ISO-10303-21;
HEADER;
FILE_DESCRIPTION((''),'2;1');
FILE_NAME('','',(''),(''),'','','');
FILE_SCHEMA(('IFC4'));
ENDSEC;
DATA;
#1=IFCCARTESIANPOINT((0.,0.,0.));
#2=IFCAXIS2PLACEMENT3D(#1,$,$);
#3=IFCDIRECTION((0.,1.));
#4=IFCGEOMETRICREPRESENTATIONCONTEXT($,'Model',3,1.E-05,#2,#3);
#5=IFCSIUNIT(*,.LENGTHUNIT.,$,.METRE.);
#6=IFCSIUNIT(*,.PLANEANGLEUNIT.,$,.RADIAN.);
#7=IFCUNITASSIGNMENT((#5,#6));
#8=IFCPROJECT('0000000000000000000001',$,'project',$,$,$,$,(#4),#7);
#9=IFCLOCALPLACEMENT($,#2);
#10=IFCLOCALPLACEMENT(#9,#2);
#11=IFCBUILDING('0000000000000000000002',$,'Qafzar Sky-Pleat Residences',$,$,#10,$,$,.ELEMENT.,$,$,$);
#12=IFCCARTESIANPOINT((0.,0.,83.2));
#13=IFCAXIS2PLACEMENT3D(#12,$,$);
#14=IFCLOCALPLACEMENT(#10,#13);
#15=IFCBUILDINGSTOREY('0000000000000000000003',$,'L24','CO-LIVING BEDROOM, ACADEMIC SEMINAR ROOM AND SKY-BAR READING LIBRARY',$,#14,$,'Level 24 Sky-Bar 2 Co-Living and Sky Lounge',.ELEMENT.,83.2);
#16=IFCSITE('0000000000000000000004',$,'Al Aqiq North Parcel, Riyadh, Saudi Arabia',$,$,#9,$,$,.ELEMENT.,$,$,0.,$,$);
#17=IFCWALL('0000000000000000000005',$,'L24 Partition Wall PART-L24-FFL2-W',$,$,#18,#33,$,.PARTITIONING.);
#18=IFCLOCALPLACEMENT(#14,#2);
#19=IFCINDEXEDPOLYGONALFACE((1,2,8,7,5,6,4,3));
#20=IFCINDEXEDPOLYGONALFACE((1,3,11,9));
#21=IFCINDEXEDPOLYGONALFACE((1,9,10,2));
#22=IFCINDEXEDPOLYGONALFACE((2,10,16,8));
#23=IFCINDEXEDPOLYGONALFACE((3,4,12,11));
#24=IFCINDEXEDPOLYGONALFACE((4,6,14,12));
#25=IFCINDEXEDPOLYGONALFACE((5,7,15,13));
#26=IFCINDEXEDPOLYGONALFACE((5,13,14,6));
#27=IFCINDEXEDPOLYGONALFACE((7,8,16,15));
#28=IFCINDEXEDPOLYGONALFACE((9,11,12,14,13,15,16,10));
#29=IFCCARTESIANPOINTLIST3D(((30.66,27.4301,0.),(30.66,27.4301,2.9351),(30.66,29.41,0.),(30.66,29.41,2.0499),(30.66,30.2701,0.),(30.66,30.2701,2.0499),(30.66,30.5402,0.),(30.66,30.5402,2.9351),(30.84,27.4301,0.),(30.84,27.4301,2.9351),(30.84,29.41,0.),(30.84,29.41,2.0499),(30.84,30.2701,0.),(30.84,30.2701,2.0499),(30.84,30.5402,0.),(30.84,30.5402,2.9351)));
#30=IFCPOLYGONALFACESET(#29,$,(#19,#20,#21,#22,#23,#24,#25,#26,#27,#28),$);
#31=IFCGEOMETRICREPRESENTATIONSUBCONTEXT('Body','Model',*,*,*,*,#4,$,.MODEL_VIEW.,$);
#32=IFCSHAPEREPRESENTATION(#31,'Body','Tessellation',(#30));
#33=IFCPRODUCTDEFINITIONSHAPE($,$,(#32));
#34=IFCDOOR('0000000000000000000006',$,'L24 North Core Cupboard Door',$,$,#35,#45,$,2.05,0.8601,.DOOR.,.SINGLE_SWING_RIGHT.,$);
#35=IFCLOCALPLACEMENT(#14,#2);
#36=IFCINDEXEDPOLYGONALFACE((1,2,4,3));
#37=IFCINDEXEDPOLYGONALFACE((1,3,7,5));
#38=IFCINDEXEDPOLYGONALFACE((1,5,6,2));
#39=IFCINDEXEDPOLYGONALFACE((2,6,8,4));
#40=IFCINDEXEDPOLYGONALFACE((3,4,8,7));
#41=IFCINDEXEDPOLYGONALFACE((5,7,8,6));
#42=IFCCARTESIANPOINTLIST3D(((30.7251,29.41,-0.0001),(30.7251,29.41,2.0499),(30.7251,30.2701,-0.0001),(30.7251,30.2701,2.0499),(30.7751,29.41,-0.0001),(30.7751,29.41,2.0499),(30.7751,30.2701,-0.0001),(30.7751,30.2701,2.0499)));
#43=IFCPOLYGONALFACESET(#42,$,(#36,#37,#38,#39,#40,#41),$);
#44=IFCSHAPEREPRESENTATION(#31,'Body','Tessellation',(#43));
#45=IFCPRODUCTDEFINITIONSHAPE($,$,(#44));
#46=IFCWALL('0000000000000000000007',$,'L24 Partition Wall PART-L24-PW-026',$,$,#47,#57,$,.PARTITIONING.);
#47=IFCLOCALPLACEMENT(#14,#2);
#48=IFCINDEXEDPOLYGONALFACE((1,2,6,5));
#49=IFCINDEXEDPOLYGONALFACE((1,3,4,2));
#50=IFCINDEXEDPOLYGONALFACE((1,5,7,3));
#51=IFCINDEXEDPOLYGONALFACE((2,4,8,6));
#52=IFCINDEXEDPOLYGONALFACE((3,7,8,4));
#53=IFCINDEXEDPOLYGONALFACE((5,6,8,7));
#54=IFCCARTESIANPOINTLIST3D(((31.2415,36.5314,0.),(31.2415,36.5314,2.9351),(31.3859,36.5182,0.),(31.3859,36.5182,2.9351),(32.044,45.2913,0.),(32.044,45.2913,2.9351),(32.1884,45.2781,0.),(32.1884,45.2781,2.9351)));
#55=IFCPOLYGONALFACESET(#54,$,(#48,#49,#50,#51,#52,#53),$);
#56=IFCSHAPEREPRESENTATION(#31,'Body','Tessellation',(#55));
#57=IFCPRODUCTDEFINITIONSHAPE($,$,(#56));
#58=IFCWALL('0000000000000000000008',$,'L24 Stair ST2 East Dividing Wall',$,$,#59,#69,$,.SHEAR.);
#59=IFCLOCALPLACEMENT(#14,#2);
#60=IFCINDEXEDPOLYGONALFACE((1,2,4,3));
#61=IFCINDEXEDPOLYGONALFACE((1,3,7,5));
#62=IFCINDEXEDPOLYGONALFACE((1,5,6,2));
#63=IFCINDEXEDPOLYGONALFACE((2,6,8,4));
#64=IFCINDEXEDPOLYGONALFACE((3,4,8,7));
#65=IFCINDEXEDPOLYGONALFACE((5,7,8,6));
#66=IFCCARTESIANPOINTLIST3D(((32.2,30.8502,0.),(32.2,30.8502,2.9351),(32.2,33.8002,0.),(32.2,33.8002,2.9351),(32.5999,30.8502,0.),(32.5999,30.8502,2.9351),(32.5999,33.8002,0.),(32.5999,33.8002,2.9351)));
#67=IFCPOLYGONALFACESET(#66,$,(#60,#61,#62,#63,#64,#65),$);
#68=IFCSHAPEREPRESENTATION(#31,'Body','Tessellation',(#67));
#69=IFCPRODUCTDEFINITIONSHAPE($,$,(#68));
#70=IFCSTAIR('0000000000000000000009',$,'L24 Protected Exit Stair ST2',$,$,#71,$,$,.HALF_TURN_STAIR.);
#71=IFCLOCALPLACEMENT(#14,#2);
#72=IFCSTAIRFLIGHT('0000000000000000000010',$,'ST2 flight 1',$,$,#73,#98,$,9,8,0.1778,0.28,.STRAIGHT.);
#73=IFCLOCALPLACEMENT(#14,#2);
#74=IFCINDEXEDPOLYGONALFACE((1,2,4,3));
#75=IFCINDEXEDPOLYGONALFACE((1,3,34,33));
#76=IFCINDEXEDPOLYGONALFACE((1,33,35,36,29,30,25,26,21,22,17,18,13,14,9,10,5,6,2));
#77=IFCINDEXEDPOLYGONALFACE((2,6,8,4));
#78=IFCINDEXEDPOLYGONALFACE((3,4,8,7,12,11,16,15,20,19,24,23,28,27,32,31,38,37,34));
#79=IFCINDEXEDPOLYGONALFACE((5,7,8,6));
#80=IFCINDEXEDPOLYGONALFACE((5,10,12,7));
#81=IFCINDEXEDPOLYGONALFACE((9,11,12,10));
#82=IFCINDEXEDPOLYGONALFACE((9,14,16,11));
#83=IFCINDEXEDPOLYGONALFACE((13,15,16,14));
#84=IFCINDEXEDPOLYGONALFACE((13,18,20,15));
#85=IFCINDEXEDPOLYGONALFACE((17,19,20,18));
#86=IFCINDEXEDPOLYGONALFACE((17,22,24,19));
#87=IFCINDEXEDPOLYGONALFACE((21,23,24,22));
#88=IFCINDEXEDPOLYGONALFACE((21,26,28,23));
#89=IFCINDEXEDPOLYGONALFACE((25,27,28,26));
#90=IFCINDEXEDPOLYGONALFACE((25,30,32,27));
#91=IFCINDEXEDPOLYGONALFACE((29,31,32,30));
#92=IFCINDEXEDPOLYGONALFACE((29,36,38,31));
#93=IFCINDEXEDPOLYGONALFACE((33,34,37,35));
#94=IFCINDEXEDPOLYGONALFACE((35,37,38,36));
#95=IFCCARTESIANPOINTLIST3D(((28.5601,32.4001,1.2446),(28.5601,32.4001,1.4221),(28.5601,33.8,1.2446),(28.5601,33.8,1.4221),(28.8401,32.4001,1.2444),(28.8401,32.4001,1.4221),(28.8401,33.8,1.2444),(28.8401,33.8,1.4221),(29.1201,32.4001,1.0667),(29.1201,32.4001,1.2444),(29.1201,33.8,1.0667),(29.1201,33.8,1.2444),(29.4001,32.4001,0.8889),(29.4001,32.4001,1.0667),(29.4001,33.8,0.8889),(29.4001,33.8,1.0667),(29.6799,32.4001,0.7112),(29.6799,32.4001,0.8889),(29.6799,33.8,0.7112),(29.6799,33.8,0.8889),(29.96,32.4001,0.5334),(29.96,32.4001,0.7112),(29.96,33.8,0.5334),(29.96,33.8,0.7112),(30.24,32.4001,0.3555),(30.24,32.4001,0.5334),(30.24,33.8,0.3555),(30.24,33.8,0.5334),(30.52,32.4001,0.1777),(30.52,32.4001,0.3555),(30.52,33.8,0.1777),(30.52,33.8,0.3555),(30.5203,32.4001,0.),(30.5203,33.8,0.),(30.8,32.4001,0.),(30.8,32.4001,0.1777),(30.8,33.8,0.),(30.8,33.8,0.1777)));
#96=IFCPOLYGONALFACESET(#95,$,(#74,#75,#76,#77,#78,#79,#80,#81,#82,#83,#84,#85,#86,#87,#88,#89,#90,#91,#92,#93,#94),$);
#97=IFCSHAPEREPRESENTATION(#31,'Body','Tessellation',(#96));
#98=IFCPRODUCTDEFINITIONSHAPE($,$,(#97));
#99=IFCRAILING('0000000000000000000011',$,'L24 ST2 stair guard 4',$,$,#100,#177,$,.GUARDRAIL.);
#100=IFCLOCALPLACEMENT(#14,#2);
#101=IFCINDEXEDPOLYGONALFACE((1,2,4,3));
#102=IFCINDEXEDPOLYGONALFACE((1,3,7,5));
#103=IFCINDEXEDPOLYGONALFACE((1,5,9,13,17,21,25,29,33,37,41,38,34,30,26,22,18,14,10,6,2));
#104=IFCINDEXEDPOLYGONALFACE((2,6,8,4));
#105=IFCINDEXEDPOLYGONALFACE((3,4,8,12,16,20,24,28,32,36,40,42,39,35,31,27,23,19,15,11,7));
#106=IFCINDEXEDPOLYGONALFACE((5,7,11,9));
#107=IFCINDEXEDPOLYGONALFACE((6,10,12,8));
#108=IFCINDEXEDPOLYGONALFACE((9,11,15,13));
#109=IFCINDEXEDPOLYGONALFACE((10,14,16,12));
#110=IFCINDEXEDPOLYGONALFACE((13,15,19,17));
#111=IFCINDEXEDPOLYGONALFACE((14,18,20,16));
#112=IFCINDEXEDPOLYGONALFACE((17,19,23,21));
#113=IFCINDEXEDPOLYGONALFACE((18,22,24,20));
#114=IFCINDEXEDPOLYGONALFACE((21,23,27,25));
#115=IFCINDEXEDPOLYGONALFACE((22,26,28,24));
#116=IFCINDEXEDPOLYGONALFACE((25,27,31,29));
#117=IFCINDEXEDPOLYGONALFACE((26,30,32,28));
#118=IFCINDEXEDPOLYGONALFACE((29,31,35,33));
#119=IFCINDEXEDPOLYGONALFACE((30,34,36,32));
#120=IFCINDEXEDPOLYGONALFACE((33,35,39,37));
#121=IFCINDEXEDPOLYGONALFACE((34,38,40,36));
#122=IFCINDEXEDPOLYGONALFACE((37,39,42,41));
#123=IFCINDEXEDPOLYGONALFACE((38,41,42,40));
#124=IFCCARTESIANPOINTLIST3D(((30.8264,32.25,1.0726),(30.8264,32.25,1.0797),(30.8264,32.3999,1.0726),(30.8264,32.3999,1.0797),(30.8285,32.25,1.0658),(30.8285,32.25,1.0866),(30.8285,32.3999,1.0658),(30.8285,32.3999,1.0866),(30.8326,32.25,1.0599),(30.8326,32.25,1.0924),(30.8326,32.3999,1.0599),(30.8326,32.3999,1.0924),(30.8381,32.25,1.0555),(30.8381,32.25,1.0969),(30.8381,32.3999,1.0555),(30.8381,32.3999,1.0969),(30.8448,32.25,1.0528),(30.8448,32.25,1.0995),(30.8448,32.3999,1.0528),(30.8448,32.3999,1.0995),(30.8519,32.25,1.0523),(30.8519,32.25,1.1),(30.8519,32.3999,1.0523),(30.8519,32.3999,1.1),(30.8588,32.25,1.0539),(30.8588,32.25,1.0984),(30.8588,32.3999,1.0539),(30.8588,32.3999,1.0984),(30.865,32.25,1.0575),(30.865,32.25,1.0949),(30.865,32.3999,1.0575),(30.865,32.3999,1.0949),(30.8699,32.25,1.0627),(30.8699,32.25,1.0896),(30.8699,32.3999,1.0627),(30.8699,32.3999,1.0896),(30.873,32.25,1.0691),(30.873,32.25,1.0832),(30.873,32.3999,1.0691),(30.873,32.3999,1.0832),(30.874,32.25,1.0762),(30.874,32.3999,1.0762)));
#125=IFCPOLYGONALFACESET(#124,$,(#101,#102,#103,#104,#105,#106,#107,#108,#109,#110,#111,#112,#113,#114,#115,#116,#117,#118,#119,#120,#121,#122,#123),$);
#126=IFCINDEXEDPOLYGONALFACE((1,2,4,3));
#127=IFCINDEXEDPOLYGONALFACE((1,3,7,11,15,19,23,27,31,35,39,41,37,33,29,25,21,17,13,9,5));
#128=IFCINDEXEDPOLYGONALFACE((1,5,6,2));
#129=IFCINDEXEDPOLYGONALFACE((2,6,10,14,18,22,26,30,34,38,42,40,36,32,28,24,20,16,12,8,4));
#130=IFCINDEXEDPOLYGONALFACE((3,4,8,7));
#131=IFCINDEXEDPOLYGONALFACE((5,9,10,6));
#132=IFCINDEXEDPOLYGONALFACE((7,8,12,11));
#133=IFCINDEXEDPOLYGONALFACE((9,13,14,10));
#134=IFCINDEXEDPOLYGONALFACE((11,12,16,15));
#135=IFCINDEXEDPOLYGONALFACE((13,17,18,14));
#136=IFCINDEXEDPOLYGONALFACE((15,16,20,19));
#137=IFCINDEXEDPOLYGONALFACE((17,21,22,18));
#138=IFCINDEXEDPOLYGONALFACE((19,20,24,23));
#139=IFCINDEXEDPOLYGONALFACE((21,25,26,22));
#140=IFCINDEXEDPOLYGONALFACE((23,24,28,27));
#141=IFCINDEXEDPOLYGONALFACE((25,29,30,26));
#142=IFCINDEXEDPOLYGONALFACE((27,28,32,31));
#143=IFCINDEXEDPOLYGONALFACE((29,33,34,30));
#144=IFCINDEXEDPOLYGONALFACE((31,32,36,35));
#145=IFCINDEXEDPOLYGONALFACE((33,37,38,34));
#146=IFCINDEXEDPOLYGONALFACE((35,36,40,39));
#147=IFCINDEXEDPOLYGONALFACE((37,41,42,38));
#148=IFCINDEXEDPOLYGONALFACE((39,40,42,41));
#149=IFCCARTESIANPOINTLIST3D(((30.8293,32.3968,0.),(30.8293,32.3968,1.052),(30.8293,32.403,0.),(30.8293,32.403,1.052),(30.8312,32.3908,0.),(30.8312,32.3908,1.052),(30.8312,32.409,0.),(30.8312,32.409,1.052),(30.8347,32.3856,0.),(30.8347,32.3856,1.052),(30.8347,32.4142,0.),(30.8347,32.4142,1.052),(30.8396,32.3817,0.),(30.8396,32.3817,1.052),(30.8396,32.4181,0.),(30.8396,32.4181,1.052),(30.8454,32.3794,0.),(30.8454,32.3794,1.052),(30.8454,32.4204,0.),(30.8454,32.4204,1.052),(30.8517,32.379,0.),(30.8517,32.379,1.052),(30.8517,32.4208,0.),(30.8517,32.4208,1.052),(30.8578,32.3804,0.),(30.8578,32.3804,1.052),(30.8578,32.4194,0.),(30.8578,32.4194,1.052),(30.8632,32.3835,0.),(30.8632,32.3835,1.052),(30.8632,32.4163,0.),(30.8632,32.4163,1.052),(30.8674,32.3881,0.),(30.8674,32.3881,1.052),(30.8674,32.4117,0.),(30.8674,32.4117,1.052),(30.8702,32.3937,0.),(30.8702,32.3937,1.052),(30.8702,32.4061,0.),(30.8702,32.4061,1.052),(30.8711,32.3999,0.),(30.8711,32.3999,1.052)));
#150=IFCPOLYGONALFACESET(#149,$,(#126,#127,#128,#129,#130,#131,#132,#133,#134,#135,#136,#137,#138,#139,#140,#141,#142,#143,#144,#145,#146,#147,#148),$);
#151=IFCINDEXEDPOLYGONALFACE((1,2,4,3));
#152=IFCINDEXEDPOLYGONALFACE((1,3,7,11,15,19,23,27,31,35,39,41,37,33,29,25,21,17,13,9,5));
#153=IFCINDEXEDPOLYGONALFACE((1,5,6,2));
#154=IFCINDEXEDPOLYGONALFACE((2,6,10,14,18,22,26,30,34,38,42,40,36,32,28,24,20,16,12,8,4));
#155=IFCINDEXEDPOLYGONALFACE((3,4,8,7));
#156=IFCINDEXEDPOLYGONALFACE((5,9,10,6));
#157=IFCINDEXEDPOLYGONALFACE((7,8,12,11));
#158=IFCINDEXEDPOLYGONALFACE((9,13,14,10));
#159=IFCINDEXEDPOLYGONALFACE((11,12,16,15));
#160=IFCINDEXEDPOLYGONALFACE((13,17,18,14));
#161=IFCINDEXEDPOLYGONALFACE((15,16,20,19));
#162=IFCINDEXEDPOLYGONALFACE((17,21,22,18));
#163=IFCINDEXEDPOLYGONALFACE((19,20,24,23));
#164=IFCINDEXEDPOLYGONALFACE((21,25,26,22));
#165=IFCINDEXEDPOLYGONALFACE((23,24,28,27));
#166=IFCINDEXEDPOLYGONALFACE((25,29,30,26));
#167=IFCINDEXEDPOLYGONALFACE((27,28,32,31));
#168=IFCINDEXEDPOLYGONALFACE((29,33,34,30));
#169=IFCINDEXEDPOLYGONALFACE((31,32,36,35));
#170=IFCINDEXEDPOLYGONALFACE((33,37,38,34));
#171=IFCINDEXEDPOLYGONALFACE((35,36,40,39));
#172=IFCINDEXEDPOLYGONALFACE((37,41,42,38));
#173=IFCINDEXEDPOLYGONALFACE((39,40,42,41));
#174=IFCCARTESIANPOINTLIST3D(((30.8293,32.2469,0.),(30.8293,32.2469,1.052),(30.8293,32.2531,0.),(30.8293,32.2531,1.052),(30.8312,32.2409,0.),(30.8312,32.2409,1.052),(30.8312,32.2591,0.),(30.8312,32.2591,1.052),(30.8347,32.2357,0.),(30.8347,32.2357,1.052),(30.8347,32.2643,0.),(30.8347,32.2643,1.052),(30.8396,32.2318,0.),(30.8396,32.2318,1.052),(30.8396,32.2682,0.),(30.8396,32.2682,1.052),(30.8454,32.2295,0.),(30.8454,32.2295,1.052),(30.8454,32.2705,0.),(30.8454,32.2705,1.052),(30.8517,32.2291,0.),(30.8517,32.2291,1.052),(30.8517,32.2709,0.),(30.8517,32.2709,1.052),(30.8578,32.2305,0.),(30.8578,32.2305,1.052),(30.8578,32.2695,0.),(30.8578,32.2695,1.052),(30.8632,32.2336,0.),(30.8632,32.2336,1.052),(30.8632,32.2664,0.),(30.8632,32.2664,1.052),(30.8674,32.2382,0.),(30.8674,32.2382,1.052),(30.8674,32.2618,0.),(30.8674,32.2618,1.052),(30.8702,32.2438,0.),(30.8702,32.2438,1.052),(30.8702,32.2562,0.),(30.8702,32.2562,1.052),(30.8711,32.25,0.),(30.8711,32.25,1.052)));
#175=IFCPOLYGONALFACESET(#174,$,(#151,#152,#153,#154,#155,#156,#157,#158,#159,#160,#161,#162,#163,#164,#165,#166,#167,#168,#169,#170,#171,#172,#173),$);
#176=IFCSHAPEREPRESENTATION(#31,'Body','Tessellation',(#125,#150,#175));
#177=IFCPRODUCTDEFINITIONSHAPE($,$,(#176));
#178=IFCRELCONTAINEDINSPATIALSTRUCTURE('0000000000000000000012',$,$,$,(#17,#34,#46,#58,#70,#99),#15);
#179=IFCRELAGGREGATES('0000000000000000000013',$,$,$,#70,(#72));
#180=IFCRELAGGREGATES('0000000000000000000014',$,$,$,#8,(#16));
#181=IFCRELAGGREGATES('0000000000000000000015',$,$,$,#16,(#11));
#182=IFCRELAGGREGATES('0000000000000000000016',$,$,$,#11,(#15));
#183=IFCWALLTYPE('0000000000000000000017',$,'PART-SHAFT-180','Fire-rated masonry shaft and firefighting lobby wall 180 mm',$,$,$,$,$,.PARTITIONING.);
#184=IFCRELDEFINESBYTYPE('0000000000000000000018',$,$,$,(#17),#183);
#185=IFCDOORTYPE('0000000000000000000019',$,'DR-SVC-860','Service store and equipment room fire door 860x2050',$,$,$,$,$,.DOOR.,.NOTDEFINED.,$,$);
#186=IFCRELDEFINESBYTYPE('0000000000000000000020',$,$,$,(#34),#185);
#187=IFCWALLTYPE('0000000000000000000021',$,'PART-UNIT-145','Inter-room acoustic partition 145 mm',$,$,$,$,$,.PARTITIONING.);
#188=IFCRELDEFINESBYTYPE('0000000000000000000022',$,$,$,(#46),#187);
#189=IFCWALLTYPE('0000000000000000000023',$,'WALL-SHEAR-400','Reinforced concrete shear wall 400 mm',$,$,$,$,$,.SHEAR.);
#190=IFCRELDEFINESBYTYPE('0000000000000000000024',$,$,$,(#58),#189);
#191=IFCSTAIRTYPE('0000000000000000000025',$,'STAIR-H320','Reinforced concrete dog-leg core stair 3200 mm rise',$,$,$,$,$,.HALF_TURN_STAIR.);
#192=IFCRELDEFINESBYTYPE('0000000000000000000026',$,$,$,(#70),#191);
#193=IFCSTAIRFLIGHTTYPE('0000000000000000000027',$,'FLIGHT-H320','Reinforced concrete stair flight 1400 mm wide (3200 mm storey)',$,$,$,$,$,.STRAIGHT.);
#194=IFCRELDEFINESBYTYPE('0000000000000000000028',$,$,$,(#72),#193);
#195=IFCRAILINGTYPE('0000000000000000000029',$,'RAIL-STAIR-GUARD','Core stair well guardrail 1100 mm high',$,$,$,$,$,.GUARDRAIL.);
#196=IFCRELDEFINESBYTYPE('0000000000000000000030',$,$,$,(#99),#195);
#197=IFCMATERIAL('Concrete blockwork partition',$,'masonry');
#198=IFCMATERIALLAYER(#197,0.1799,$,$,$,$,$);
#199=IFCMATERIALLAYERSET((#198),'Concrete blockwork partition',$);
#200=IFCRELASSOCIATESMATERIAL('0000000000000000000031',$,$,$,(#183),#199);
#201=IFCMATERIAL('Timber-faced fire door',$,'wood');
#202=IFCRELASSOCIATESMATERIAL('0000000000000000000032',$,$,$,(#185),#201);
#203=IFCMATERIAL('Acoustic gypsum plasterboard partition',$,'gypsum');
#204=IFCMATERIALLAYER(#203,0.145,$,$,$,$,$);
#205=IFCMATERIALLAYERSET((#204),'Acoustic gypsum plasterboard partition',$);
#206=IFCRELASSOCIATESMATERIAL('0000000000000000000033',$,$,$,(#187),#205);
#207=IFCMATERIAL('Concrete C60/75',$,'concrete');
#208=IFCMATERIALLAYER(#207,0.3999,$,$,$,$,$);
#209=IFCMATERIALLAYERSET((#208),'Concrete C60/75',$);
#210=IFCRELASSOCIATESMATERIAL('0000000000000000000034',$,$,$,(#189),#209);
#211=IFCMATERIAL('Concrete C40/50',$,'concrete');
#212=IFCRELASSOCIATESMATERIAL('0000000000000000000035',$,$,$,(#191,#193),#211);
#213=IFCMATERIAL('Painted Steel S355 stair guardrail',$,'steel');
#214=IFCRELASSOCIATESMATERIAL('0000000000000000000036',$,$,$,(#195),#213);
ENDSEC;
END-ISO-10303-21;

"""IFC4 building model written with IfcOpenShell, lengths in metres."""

from ifc_helpers import new_model, si_unit, direction, frame, frame_2d, origin, origin_2d, place, context, subcontext, project, spatial, polyline, rectangle, circle, outline, extrude, source, transform, mapped, material, layer, layer_set, type_object, element, fill, aggregate, save


model = new_model("IFC4")

# Units and contexts
model_context = context("Model", 3, precision=1e-05, world=origin(), true_north=direction((0.0, 1.0)))
body_context = subcontext(model_context, "Body", "Model", "MODEL_VIEW")
ifc_project = project(units=[si_unit("LENGTHUNIT", "METRE"), si_unit("PLANEANGLEUNIT", "RADIAN")], contexts=[model_context])

# Site, building, storey
site_placement = place(None, origin())
site = spatial("IfcSite", under=ifc_project, at=site_placement, Name="Al Aqiq North Parcel, Riyadh, Saudi Arabia", CompositionType="ELEMENT", RefElevation=0.0)
building_placement = place(site_placement, origin())
building = spatial("IfcBuilding", under=site, at=building_placement, Name="Qafzar Sky-Pleat Residences", CompositionType="ELEMENT")
storey_placement = place(building_placement, frame((0.0, 0.0, 83.2)))
storey = spatial("IfcBuildingStorey", under=building, at=storey_placement, Name="L24", Description="CO-LIVING BEDROOM, ACADEMIC SEMINAR ROOM AND SKY-BAR READING LIBRARY", LongName="Level 24 Sky-Bar 2 Co-Living and Sky Lounge", CompositionType="ELEMENT", Elevation=83.2)

# Wall, opening, door
ifc_material_1 = material(Name="Acoustic gypsum plasterboard partition", Category="gypsum")
ifc_material_2 = material(Name="Timber-faced fire door", Category="wood")
ifc_material_3 = material(Name="Concrete blockwork partition", Category="masonry")
ifc_layer_1 = layer(ifc_material_3, 0.1799)
ifc_layer_set_1 = layer_set([ifc_layer_1], Name="Concrete blockwork partition")
wall_type_1 = type_object("IfcWallType", Name="PART-SHAFT-180", Description="Fire-rated masonry shaft and firefighting lobby wall 180 mm", PredefinedType="PARTITIONING", material=ifc_layer_set_1)
wall_1_placement = place(storey_placement, frame((30.75, 27.4299, 0.0), z_axis=(0.0, 0.0, 1.0), x_axis=(0.0, 1.0, 0.0)))
wall_1 = element("IfcWall", 1, at=wall_1_placement, inside=storey, type_object=wall_type_1, Name="L24 Partition Wall PART-L24-FFL2-W", PredefinedType="PARTITIONING", context=body_context, shape_type="SweptSolid", body=[
    extrude(rectangle(XDim=3.1101, YDim=0.1799, at=frame_2d((1.5552, 0.0))), origin(), (0.0, 0.0, 1.0), 2.9351),
])
opening_1_placement = place(wall_1_placement, frame((1.98, 0.0, 0.0)))
opening_1 = element("IfcOpeningElement", 2, at=opening_1_placement, cuts=wall_1, PredefinedType="OPENING", context=body_context, shape_type="SweptSolid", body=[
    extrude(rectangle(XDim=0.8601, YDim=2.05, at=frame_2d((0.4302, 1.0249))), frame((0.0, 0.1001, 0.0), z_axis=(0.0, -1.0, 0.0), x_axis=(1.0, 0.0, 0.0)), (0.0, 0.0, 1.0), 0.2),
])
door_type_1 = type_object("IfcDoorType", Name="DR-SVC-860", Description="Service store and equipment room fire door 860x2050", OperationType="NOTDEFINED", PredefinedType="DOOR", material=ifc_material_2)
shared_shape_1 = source(origin(), body_context, "Body", "SweptSolid", [
    extrude(rectangle(XDim=0.8601, YDim=2.05, at=frame_2d((0.4302, 1.0249))), frame((0.0, 0.0249, 0.0), z_axis=(0.0, -1.0, 0.0), x_axis=(1.0, 0.0, 0.0)), (0.0, 0.0, 1.0), 0.05),
])
door_1_placement = place(opening_1_placement, origin())
door_1 = element("IfcDoor", 3, at=door_1_placement, inside=storey, type_object=door_type_1, Name="L24 North Core Cupboard Door", OperationType="SINGLE_SWING_RIGHT", OverallHeight=2.05, OverallWidth=0.8601, PredefinedType="DOOR", context=body_context, shape_type="MappedRepresentation", body=[
    mapped(shared_shape_1, transform((0.0, 0.0, 0.0), x_axis=(1.0, 0.0, 0.0), y_axis=(0.0, 1.0, 0.0), z_axis=(0.0, 0.0, 1.0), scale=1.0)),
])
fill(opening_1, door_1)

# Walls
ifc_layer_2 = layer(ifc_material_1, 0.145)
ifc_layer_set_2 = layer_set([ifc_layer_2], Name="Acoustic gypsum plasterboard partition")
wall_type_2 = type_object("IfcWallType", Name="PART-UNIT-145", Description="Inter-room acoustic partition 145 mm", PredefinedType="PARTITIONING", material=ifc_layer_set_2)
wall_2_placement = place(storey_placement, frame((31.3137, 36.5247, 0.0), z_axis=(0.0, 0.0, 1.0), x_axis=(0.091226, 0.99583, 0.0)))
element("IfcWall", 4, at=wall_2_placement, inside=storey, type_object=wall_type_2, Name="L24 Partition Wall PART-L24-PW-026", PredefinedType="PARTITIONING", context=body_context, shape_type="SweptSolid", body=[
    extrude(rectangle(XDim=8.7966, YDim=0.145, at=frame_2d((4.3984, 0.0))), origin(), (0.0, 0.0, 1.0), 2.9351),
])
ifc_material_4 = material(Name="Concrete C60/75", Category="concrete")
ifc_layer_3 = layer(ifc_material_4, 0.3999)
ifc_layer_set_3 = layer_set([ifc_layer_3], Name="Concrete C60/75")
wall_type_3 = type_object("IfcWallType", Name="WALL-SHEAR-400", Description="Reinforced concrete shear wall 400 mm", PredefinedType="SHEAR", material=ifc_layer_set_3)
wall_3_placement = place(storey_placement, frame((32.3999, 30.8501, 0.0), z_axis=(0.0, 0.0, 1.0), x_axis=(0.0, 1.0, 0.0)))
element("IfcWall", 5, at=wall_3_placement, inside=storey, type_object=wall_type_3, Name="L24 Stair ST2 East Dividing Wall", PredefinedType="SHEAR", context=body_context, shape_type="SweptSolid", body=[
    extrude(rectangle(XDim=2.95, YDim=0.3999, at=frame_2d((1.4751, 0.0))), origin(), (0.0, 0.0, 1.0), 2.9351),
])

# Stair, stair flight
ifc_material_5 = material(Name="Concrete C40/50", Category="concrete")
stair_type = type_object("IfcStairType", Name="STAIR-H320", Description="Reinforced concrete dog-leg core stair 3200 mm rise", PredefinedType="HALF_TURN_STAIR", material=ifc_material_5)
stair_placement = place(storey_placement, origin())
stair = element("IfcStair", 6, at=stair_placement, inside=storey, type_object=stair_type, Name="L24 Protected Exit Stair ST2", PredefinedType="HALF_TURN_STAIR")
stair_flight_type = type_object("IfcStairFlightType", Name="FLIGHT-H320", Description="Reinforced concrete stair flight 1400 mm wide (3200 mm storey)", PredefinedType="STRAIGHT", material=ifc_material_5)
shared_shape_2 = source(origin(), body_context, "Body", "SweptSolid", [
    extrude(outline(polyline([(0.0, 0.0), (0.0, 0.1777), (0.28, 0.1777), (0.28, 0.3555), (0.5601, 0.3555), (0.5601, 0.5334), (0.8401, 0.5334), (0.8401, 0.7112), (1.1201, 0.7112), (1.1201, 0.8889), (1.3999, 0.8889), (1.3999, 1.0667), (1.6799, 1.0667), (1.6799, 1.2444), (1.96, 1.2444), (1.96, 1.4221), (2.24, 1.4221), (2.24, 1.6001), (2.24, 1.2446), (0.2798, 0.0), (0.0, 0.0)])), frame((0.0, 0.7, 0.0), z_axis=(0.0, -1.0, 0.0), x_axis=(1.0, 0.0, 0.0)), (0.0, 0.0, 1.0), 1.3999),
])
stair_flight_placement = place(storey_placement, frame((30.8, 33.1001, 0.0), z_axis=(0.0, 0.0, 1.0), x_axis=(-1.0, 0.0, 0.0)))
stair_flight = element("IfcStairFlight", 7, at=stair_flight_placement, type_object=stair_flight_type, Name="ST2 flight 1", NumberOfRisers=9, NumberOfTreads=8, PredefinedType="STRAIGHT", RiserHeight=0.1778, TreadLength=0.28, context=body_context, shape_type="MappedRepresentation", body=[
    mapped(shared_shape_2, transform((0.0, 0.0, 0.0), x_axis=(1.0, 0.0, 0.0), y_axis=(0.0, 1.0, 0.0), z_axis=(0.0, 0.0, 1.0), scale=1.0)),
])
aggregate(stair, [stair_flight])

# Railing
ifc_material_6 = material(Name="Painted Steel S355 stair guardrail", Category="steel")
railing_type_1 = type_object("IfcRailingType", Name="RAIL-STAIR-GUARD", Description="Core stair well guardrail 1100 mm high", PredefinedType="GUARDRAIL", material=ifc_material_6)
shared_shape_3 = source(origin(), body_context, "Body", "SweptSolid", [
    extrude(circle(Radius=0.0239, at=origin_2d()), frame((0.0, 0.0, 1.0762), z_axis=(0.0, -1.0, 0.0), x_axis=(1.0, 0.0, 0.0)), (0.0, 0.0, 1.0), 0.1499),
    extrude(circle(Radius=0.021, at=origin_2d()), origin(), (0.0, 0.0, 1.0), 1.052),
    extrude(circle(Radius=0.021, at=origin_2d()), frame((0.0, -0.1499, 0.0)), (0.0, 0.0, 1.0), 1.052),
])
railing_1_placement = place(storey_placement, frame((30.8501, 32.3999, 0.0)))
element("IfcRailing", 8, at=railing_1_placement, inside=storey, type_object=railing_type_1, Name="L24 ST2 stair guard 4", PredefinedType="GUARDRAIL", context=body_context, shape_type="MappedRepresentation", body=[
    mapped(shared_shape_3, transform((0.0, 0.0, 0.0), x_axis=(1.0, 0.0, 0.0), y_axis=(0.0, 1.0, 0.0), z_axis=(0.0, 0.0, 1.0), scale=1.0)),
])

save(model, "model.ifc")
